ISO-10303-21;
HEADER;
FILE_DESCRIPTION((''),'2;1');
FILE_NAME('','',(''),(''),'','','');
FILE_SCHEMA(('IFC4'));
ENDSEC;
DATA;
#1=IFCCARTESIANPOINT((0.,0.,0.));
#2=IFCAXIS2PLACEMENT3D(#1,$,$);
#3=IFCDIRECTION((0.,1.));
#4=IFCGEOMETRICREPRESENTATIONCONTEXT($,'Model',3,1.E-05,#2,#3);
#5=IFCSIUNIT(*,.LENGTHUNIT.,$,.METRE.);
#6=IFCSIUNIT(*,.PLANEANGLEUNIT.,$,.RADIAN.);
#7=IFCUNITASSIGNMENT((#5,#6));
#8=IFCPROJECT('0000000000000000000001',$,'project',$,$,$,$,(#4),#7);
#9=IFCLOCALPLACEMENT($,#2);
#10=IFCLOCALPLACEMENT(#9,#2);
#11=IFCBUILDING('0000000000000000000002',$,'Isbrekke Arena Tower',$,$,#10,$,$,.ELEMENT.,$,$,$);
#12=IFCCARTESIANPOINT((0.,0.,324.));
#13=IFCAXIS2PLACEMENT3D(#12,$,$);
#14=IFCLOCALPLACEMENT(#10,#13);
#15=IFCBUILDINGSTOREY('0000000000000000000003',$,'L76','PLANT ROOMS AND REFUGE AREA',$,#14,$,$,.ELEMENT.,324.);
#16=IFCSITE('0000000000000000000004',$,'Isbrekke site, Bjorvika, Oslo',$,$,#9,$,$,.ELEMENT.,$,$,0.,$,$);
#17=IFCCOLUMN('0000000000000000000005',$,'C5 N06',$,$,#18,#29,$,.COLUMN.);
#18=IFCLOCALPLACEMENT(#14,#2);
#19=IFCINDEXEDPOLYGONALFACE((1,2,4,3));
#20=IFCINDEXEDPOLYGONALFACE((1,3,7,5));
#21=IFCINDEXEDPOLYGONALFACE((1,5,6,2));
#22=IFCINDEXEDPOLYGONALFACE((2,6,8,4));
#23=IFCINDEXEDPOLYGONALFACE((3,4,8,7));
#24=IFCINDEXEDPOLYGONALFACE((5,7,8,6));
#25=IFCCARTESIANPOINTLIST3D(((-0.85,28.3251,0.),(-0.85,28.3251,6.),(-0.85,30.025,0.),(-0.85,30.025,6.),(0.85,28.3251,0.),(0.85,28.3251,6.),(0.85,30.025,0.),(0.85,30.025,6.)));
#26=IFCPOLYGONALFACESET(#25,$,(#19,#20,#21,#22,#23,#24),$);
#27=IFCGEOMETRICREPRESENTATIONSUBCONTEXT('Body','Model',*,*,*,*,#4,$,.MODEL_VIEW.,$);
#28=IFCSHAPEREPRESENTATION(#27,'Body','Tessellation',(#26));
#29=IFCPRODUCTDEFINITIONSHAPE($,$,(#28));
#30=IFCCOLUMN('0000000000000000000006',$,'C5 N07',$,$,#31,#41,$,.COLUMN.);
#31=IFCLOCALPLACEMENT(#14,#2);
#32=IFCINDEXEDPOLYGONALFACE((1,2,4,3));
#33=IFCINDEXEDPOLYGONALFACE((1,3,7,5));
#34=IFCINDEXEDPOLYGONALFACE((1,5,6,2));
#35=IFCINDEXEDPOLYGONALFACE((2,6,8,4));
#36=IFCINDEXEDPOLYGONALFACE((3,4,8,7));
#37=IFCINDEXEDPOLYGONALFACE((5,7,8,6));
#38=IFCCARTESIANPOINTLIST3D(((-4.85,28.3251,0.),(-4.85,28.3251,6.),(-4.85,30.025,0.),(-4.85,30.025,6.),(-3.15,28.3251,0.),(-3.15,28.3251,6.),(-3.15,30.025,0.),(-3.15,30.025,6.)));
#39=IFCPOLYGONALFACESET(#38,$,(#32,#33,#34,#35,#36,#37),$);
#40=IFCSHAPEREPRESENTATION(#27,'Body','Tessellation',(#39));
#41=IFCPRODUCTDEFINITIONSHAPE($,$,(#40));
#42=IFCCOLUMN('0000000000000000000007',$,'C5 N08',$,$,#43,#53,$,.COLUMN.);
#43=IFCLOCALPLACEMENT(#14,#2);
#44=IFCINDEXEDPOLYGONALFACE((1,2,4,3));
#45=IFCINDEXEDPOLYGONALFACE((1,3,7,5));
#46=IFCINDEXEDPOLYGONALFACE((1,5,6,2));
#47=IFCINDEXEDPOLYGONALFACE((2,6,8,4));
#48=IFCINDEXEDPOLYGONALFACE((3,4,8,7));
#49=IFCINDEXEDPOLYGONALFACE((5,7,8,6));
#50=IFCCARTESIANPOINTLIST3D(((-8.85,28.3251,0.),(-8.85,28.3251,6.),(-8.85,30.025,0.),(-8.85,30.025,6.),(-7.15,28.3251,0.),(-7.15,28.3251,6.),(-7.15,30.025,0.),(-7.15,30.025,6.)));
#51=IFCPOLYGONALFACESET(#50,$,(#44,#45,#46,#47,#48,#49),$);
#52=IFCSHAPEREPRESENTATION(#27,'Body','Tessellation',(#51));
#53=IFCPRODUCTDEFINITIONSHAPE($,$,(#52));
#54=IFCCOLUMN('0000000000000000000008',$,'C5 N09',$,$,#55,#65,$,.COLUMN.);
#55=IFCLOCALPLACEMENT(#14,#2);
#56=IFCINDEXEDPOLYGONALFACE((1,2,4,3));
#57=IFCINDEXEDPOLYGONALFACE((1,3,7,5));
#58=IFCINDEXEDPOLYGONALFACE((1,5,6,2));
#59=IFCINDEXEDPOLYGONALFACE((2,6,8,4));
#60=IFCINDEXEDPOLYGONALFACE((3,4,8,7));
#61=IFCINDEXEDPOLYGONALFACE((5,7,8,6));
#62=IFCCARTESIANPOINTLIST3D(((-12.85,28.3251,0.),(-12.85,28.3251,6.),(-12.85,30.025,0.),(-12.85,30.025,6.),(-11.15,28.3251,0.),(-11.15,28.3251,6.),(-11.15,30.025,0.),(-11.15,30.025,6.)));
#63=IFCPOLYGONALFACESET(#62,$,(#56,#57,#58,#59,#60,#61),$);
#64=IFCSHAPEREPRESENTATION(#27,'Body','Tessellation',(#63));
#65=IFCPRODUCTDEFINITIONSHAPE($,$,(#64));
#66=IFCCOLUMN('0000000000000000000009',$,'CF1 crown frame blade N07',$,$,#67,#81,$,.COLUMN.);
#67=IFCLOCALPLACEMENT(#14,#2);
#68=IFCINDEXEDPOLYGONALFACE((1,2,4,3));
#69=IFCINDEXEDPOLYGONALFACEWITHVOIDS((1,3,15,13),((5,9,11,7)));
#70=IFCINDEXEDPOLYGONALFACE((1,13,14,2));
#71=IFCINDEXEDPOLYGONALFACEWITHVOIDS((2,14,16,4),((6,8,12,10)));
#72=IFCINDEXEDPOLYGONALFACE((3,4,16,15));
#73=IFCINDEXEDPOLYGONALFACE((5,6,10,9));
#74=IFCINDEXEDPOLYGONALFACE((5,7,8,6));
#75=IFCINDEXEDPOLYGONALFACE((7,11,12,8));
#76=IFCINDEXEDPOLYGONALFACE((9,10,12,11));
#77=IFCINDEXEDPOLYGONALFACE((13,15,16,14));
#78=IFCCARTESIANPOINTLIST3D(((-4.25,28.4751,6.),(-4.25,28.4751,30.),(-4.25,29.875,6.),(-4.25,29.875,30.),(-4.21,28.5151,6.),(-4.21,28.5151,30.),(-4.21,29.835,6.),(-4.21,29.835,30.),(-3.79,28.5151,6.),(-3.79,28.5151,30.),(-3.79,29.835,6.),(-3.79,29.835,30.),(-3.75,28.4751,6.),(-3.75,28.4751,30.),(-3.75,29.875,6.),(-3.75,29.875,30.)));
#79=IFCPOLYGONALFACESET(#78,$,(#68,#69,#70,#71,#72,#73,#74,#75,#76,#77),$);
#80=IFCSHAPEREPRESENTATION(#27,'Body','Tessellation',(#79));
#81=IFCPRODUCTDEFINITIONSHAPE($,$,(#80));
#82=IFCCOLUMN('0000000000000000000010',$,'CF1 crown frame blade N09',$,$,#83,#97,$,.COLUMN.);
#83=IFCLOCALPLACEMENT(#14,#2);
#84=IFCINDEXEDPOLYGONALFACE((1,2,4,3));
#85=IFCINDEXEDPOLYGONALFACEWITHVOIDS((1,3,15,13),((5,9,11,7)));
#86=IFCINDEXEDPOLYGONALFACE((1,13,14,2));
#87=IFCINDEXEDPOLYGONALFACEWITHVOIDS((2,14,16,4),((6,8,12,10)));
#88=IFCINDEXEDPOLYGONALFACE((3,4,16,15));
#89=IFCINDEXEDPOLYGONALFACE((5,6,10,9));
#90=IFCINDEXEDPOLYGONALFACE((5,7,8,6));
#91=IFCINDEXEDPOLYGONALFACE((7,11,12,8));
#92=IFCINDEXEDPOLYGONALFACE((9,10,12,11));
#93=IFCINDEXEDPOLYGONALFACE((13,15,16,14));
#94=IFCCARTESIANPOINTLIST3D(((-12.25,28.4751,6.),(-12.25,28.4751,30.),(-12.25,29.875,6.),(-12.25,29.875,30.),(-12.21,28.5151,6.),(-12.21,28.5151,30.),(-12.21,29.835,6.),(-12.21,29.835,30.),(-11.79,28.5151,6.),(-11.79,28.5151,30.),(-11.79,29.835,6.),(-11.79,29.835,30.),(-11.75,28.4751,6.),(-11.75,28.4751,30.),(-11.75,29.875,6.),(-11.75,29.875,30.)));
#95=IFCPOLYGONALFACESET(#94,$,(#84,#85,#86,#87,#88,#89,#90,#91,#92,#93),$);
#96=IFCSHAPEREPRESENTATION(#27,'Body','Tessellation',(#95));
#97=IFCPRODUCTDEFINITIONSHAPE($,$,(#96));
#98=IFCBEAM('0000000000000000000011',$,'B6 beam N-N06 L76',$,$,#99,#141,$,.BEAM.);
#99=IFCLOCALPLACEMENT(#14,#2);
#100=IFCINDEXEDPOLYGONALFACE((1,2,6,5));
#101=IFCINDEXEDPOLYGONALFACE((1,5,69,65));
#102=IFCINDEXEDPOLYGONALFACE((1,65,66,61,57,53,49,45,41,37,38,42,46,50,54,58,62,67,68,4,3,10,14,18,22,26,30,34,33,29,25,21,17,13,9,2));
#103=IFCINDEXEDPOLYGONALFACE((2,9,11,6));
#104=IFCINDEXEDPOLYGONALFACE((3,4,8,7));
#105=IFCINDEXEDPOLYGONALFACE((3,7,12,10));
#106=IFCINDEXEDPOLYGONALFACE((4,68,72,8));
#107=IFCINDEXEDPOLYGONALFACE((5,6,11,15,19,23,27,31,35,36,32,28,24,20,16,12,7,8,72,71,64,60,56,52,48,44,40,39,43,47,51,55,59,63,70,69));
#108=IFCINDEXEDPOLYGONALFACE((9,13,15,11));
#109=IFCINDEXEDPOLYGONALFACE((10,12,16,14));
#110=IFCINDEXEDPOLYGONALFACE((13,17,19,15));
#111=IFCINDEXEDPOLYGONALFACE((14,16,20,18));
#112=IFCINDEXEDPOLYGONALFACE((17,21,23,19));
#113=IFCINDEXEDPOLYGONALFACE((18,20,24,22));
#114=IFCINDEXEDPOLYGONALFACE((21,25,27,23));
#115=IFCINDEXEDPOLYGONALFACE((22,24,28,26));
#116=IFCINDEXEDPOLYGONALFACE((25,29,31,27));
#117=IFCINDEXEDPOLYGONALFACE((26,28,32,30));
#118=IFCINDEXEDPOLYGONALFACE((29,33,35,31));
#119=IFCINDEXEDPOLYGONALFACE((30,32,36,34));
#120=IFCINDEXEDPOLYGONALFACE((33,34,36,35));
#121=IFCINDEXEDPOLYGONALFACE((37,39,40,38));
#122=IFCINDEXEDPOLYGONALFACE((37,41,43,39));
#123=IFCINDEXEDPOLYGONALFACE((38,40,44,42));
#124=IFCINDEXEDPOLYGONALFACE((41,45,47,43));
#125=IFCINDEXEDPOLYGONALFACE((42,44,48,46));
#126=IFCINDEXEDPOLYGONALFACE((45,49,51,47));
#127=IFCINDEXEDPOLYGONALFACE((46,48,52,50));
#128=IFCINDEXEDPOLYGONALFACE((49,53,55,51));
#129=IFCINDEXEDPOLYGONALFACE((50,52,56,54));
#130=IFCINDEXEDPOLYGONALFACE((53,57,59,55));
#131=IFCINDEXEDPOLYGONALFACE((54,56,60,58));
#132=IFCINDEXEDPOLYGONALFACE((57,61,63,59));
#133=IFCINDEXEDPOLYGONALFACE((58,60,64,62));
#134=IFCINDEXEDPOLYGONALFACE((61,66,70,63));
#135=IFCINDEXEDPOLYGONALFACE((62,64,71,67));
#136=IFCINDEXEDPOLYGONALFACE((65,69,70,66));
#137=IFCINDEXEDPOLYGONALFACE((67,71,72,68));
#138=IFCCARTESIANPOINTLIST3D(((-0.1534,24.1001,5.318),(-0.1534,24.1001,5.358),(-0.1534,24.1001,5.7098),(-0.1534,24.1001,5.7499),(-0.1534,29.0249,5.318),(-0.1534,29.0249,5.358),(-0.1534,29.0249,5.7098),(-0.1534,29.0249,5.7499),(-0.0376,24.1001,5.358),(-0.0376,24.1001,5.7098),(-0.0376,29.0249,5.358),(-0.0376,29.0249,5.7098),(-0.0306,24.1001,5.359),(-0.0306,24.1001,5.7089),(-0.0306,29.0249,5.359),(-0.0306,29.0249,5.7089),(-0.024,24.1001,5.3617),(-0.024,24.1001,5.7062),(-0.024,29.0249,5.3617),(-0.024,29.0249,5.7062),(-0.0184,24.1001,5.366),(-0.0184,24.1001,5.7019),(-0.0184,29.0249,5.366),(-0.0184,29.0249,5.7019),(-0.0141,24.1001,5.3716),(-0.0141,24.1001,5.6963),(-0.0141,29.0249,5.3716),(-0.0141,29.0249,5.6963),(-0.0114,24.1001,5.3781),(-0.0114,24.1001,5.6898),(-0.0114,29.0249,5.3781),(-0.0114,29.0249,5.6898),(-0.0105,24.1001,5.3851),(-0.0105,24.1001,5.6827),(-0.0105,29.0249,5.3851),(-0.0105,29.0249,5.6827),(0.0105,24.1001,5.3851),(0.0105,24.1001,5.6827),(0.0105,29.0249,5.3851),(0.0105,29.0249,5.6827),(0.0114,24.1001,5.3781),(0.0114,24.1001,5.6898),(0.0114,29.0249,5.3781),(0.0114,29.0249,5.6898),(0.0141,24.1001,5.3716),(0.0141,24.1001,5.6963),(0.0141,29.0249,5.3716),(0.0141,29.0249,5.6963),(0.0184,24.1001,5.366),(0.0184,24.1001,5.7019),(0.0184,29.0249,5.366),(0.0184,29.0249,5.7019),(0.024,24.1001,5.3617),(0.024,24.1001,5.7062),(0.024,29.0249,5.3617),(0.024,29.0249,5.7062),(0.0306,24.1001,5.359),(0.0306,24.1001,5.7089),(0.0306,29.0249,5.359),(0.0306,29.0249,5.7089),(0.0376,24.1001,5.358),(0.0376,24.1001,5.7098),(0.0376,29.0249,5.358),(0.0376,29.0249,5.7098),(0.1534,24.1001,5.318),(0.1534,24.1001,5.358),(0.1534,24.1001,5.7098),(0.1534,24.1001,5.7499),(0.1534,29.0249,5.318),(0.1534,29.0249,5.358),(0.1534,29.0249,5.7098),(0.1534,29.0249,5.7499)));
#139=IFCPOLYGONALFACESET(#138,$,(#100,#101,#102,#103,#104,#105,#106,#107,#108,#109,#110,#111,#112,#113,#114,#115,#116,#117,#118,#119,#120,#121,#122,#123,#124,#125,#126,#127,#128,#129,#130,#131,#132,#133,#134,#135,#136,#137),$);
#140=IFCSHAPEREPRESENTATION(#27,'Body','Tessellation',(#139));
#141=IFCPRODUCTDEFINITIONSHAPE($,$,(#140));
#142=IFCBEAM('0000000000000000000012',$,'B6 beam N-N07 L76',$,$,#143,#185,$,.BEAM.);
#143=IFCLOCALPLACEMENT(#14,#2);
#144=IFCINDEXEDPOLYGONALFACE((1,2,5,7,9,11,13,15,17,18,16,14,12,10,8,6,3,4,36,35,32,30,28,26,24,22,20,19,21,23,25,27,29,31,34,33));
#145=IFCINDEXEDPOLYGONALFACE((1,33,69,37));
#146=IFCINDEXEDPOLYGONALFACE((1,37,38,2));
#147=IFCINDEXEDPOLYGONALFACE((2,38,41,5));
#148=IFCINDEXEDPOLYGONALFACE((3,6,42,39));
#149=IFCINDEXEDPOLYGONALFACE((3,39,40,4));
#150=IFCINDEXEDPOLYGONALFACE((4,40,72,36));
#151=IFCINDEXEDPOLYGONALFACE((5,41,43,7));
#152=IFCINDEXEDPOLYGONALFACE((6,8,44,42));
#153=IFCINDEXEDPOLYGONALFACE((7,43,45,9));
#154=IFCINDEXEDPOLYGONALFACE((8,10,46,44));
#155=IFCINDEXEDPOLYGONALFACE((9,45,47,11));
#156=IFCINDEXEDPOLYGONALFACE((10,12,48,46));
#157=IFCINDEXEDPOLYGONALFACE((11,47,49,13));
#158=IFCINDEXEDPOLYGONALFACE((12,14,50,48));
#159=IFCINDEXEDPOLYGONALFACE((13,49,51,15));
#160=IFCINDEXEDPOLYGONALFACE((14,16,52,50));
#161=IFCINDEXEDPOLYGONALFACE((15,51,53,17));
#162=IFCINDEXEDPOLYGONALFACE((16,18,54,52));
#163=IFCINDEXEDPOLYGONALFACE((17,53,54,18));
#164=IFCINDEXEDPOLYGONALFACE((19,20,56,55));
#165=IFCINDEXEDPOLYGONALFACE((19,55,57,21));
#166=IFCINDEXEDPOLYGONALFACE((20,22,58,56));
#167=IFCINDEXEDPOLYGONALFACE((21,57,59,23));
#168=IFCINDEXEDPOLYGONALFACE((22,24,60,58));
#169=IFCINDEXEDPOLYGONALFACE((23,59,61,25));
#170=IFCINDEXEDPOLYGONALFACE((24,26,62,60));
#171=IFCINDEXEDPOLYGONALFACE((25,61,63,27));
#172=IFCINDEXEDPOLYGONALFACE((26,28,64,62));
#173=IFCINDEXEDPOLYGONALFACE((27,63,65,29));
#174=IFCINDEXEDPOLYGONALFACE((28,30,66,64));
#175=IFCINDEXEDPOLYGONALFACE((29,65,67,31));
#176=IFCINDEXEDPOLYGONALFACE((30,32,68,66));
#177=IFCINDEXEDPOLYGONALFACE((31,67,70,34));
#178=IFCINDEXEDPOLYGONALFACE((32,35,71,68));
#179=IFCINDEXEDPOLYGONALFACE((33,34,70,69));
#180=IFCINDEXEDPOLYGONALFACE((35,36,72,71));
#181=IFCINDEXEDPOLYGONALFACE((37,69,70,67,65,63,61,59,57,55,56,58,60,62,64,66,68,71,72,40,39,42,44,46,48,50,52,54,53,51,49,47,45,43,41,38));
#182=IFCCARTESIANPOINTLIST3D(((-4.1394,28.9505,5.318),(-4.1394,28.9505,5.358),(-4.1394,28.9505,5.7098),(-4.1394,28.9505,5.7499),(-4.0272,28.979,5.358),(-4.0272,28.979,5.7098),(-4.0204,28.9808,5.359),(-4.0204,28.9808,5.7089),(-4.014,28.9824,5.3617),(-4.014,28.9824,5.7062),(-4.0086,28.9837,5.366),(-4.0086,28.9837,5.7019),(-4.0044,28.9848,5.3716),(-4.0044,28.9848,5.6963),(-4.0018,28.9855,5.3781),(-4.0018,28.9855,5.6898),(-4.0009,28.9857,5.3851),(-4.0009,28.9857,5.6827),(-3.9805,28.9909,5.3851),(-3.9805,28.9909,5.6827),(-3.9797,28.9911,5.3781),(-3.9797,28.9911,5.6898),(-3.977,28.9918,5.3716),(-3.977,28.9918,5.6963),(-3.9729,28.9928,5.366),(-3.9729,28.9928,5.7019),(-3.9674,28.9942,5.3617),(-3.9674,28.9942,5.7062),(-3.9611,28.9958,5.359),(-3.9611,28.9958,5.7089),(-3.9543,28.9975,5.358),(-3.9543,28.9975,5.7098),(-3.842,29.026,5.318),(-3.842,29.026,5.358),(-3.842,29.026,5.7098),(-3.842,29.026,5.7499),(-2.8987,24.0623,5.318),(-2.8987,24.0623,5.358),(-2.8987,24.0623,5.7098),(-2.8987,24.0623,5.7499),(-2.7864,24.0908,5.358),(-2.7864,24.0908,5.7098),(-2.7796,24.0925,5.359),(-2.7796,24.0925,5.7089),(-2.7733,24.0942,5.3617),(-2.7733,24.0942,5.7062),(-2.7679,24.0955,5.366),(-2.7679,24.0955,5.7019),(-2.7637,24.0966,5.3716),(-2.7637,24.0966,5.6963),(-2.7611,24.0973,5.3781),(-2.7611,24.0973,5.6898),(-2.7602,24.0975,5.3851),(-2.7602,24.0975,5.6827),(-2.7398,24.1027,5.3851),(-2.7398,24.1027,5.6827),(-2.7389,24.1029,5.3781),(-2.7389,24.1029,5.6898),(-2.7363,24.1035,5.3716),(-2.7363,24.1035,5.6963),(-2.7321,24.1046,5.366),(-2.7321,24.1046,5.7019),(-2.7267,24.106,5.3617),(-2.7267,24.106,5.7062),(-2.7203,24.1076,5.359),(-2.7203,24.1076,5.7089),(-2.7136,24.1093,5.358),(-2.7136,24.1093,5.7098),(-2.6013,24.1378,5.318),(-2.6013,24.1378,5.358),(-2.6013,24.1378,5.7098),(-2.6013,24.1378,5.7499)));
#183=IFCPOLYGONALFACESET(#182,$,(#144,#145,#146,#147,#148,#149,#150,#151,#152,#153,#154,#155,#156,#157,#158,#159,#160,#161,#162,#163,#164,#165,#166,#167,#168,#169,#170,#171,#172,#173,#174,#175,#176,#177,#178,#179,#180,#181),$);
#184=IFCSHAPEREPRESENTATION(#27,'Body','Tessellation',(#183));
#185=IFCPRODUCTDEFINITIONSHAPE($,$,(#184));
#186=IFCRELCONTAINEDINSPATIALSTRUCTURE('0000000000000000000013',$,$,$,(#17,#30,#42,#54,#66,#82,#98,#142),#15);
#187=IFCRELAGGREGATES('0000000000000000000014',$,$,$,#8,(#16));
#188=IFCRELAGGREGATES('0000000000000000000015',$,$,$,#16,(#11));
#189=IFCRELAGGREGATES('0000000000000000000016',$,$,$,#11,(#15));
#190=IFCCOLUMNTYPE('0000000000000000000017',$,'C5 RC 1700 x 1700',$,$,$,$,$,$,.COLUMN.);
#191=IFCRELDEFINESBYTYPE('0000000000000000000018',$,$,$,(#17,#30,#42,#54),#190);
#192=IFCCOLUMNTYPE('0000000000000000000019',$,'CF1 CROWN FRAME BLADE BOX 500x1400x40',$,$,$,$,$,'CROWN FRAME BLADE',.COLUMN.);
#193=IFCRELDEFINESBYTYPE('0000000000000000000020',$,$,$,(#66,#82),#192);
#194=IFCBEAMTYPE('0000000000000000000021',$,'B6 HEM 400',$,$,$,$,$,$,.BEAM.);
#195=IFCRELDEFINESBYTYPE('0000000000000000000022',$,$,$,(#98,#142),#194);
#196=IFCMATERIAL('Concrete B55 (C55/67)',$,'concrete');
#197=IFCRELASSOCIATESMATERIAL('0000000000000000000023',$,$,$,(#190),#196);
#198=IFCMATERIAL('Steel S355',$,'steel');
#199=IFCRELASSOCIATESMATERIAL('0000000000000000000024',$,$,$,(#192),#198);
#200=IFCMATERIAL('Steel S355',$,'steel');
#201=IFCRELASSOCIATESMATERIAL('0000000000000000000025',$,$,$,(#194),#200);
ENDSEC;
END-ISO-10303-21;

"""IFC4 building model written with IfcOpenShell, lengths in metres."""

from ifc_helpers import new_model, si_unit, direction, frame, origin, origin_2d, place, context, subcontext, project, spatial, rectangle, hollow_rectangle, i_section, extrude, material, material_profile, profile_set, type_object, element, save


model = new_model("IFC4")

# Units and contexts
model_context = context("Model", 3, precision=1e-05, world=origin(), true_north=direction((0.0, 1.0)))
body_context = subcontext(model_context, "Body", "Model", "MODEL_VIEW")
ifc_project = project(units=[si_unit("LENGTHUNIT", "METRE"), si_unit("PLANEANGLEUNIT", "RADIAN")], contexts=[model_context])

# Site, building, storey
site_placement = place(None, origin())
site = spatial("IfcSite", under=ifc_project, at=site_placement, Name="Isbrekke site, Bjorvika, Oslo", CompositionType="ELEMENT", RefElevation=0.0)
building_placement = place(site_placement, origin())
building = spatial("IfcBuilding", under=site, at=building_placement, Name="Isbrekke Arena Tower", CompositionType="ELEMENT")
storey_placement = place(building_placement, frame((0.0, 0.0, 324.0)))
storey = spatial("IfcBuildingStorey", under=building, at=storey_placement, Name="L76", Description="PLANT ROOMS AND REFUGE AREA", CompositionType="ELEMENT", Elevation=324.0)

# Columns
ifc_material_1 = material(Name="Concrete B55 (C55/67)", Category="concrete")
ifc_material_profile_1 = material_profile(ifc_material_1, rectangle(XDim=1.7, YDim=1.7, at=origin_2d()), Name="RC 1700x1700")
ifc_profile_set_1 = profile_set([ifc_material_profile_1], Name="Concrete B55 (C55/67)")
column_type_1 = type_object("IfcColumnType", Name="C5 RC 1700 x 1700", PredefinedType="COLUMN", material=ifc_profile_set_1)
for number, where, z_axis, x_axis, name in (
    (1, (0.0, 29.175, 0.0), (0.0, 0.0, 1.0), (-1.0, 0.0, 0.0), "C5 N06"),
    (2, (-4.0, 29.175, 0.0), (0.0, 0.0, 1.0), (-1.0, 0.0, 0.0), "C5 N07"),
    (3, (-8.0, 29.175, 0.0), (0.0, 0.0, 1.0), (-1.0, 0.0, 0.0), "C5 N08"),
    (4, (-12.0, 29.175, 0.0), (0.0, 0.0, 1.0), (-1.0, 0.0, 0.0), "C5 N09"),
):
    element("IfcColumn", number, at=place(storey_placement, frame(where, z_axis=z_axis, x_axis=x_axis)), inside=storey, type_object=column_type_1, Name=name, PredefinedType="COLUMN", context=body_context, shape_type="SweptSolid", body=[
        extrude(rectangle(XDim=1.7, YDim=1.7, at=origin_2d()), origin(), (0.0, 0.0, 1.0), 6.0),
    ])
ifc_material_2 = material(Name="Steel S355", Category="steel")
ifc_material_profile_2 = material_profile(ifc_material_2, hollow_rectangle(XDim=0.5, YDim=1.3999, WallThickness=0.04, at=origin_2d()), Name="BOX 500x1400x40")
ifc_profile_set_2 = profile_set([ifc_material_profile_2], Name="Steel S355")
column_type_2 = type_object("IfcColumnType", Name="CF1 CROWN FRAME BLADE BOX 500x1400x40", ElementType="CROWN FRAME BLADE", PredefinedType="COLUMN", material=ifc_profile_set_2)
for number, where, z_axis, x_axis, name in (
    (5, (-4.0, 29.175, 6.0), (0.0, 0.0, 1.0), (-1.0, 0.0, 0.0), "CF1 crown frame blade N07"),
    (6, (-12.0, 29.175, 6.0), (0.0, 0.0, 1.0), (-1.0, 0.0, 0.0), "CF1 crown frame blade N09"),
):
    element("IfcColumn", number, at=place(storey_placement, frame(where, z_axis=z_axis, x_axis=x_axis)), inside=storey, type_object=column_type_2, Name=name, PredefinedType="COLUMN", context=body_context, shape_type="SweptSolid", body=[
        extrude(hollow_rectangle(XDim=0.5, YDim=1.3999, WallThickness=0.04, at=origin_2d()), origin(), (0.0, 0.0, 1.0), 24.0),
    ])

# Beams
ifc_material_3 = material(Name="Steel S355", Category="steel")
ifc_material_profile_3 = material_profile(ifc_material_3, i_section(OverallWidth=0.3069, OverallDepth=0.4319, WebThickness=0.021, FlangeThickness=0.04, FilletRadius=0.0271, at=origin_2d()), Name="HEM 400")
ifc_profile_set_3 = profile_set([ifc_material_profile_3], Name="Steel S355")
beam_type_1 = type_object("IfcBeamType", Name="B6 HEM 400", PredefinedType="BEAM", material=ifc_profile_set_3)
beam_1_placement = place(storey_placement, frame((0.0, 29.0249, 5.5339), z_axis=(0.0, -1.0, 0.0), x_axis=(1.0, 0.0, 0.0)))
element("IfcBeam", 7, at=beam_1_placement, inside=storey, type_object=beam_type_1, Name="B6 beam N-N06 L76", PredefinedType="BEAM", context=body_context, shape_type="SweptSolid", body=[
    extrude(i_section(OverallWidth=0.3069, OverallDepth=0.4319, WebThickness=0.021, FlangeThickness=0.04, FilletRadius=0.0271, at=origin_2d()), origin(), (0.0, 0.0, 1.0), 4.9248),
])
beam_2_placement = place(storey_placement, frame((-3.9907, 28.9883, 5.5339), z_axis=(0.24602, -0.969265, 0.0), x_axis=(0.969265, 0.24602, 0.0)))
element("IfcBeam", 8, at=beam_2_placement, inside=storey, type_object=beam_type_1, Name="B6 beam N-N07 L76", PredefinedType="BEAM", context=body_context, shape_type="SweptSolid", body=[
    extrude(i_section(OverallWidth=0.3069, OverallDepth=0.4319, WebThickness=0.021, FlangeThickness=0.04, FilletRadius=0.0271, at=origin_2d()), origin(), (0.0, 0.0, 1.0), 5.0432),
])

save(model, "model.ifc")
